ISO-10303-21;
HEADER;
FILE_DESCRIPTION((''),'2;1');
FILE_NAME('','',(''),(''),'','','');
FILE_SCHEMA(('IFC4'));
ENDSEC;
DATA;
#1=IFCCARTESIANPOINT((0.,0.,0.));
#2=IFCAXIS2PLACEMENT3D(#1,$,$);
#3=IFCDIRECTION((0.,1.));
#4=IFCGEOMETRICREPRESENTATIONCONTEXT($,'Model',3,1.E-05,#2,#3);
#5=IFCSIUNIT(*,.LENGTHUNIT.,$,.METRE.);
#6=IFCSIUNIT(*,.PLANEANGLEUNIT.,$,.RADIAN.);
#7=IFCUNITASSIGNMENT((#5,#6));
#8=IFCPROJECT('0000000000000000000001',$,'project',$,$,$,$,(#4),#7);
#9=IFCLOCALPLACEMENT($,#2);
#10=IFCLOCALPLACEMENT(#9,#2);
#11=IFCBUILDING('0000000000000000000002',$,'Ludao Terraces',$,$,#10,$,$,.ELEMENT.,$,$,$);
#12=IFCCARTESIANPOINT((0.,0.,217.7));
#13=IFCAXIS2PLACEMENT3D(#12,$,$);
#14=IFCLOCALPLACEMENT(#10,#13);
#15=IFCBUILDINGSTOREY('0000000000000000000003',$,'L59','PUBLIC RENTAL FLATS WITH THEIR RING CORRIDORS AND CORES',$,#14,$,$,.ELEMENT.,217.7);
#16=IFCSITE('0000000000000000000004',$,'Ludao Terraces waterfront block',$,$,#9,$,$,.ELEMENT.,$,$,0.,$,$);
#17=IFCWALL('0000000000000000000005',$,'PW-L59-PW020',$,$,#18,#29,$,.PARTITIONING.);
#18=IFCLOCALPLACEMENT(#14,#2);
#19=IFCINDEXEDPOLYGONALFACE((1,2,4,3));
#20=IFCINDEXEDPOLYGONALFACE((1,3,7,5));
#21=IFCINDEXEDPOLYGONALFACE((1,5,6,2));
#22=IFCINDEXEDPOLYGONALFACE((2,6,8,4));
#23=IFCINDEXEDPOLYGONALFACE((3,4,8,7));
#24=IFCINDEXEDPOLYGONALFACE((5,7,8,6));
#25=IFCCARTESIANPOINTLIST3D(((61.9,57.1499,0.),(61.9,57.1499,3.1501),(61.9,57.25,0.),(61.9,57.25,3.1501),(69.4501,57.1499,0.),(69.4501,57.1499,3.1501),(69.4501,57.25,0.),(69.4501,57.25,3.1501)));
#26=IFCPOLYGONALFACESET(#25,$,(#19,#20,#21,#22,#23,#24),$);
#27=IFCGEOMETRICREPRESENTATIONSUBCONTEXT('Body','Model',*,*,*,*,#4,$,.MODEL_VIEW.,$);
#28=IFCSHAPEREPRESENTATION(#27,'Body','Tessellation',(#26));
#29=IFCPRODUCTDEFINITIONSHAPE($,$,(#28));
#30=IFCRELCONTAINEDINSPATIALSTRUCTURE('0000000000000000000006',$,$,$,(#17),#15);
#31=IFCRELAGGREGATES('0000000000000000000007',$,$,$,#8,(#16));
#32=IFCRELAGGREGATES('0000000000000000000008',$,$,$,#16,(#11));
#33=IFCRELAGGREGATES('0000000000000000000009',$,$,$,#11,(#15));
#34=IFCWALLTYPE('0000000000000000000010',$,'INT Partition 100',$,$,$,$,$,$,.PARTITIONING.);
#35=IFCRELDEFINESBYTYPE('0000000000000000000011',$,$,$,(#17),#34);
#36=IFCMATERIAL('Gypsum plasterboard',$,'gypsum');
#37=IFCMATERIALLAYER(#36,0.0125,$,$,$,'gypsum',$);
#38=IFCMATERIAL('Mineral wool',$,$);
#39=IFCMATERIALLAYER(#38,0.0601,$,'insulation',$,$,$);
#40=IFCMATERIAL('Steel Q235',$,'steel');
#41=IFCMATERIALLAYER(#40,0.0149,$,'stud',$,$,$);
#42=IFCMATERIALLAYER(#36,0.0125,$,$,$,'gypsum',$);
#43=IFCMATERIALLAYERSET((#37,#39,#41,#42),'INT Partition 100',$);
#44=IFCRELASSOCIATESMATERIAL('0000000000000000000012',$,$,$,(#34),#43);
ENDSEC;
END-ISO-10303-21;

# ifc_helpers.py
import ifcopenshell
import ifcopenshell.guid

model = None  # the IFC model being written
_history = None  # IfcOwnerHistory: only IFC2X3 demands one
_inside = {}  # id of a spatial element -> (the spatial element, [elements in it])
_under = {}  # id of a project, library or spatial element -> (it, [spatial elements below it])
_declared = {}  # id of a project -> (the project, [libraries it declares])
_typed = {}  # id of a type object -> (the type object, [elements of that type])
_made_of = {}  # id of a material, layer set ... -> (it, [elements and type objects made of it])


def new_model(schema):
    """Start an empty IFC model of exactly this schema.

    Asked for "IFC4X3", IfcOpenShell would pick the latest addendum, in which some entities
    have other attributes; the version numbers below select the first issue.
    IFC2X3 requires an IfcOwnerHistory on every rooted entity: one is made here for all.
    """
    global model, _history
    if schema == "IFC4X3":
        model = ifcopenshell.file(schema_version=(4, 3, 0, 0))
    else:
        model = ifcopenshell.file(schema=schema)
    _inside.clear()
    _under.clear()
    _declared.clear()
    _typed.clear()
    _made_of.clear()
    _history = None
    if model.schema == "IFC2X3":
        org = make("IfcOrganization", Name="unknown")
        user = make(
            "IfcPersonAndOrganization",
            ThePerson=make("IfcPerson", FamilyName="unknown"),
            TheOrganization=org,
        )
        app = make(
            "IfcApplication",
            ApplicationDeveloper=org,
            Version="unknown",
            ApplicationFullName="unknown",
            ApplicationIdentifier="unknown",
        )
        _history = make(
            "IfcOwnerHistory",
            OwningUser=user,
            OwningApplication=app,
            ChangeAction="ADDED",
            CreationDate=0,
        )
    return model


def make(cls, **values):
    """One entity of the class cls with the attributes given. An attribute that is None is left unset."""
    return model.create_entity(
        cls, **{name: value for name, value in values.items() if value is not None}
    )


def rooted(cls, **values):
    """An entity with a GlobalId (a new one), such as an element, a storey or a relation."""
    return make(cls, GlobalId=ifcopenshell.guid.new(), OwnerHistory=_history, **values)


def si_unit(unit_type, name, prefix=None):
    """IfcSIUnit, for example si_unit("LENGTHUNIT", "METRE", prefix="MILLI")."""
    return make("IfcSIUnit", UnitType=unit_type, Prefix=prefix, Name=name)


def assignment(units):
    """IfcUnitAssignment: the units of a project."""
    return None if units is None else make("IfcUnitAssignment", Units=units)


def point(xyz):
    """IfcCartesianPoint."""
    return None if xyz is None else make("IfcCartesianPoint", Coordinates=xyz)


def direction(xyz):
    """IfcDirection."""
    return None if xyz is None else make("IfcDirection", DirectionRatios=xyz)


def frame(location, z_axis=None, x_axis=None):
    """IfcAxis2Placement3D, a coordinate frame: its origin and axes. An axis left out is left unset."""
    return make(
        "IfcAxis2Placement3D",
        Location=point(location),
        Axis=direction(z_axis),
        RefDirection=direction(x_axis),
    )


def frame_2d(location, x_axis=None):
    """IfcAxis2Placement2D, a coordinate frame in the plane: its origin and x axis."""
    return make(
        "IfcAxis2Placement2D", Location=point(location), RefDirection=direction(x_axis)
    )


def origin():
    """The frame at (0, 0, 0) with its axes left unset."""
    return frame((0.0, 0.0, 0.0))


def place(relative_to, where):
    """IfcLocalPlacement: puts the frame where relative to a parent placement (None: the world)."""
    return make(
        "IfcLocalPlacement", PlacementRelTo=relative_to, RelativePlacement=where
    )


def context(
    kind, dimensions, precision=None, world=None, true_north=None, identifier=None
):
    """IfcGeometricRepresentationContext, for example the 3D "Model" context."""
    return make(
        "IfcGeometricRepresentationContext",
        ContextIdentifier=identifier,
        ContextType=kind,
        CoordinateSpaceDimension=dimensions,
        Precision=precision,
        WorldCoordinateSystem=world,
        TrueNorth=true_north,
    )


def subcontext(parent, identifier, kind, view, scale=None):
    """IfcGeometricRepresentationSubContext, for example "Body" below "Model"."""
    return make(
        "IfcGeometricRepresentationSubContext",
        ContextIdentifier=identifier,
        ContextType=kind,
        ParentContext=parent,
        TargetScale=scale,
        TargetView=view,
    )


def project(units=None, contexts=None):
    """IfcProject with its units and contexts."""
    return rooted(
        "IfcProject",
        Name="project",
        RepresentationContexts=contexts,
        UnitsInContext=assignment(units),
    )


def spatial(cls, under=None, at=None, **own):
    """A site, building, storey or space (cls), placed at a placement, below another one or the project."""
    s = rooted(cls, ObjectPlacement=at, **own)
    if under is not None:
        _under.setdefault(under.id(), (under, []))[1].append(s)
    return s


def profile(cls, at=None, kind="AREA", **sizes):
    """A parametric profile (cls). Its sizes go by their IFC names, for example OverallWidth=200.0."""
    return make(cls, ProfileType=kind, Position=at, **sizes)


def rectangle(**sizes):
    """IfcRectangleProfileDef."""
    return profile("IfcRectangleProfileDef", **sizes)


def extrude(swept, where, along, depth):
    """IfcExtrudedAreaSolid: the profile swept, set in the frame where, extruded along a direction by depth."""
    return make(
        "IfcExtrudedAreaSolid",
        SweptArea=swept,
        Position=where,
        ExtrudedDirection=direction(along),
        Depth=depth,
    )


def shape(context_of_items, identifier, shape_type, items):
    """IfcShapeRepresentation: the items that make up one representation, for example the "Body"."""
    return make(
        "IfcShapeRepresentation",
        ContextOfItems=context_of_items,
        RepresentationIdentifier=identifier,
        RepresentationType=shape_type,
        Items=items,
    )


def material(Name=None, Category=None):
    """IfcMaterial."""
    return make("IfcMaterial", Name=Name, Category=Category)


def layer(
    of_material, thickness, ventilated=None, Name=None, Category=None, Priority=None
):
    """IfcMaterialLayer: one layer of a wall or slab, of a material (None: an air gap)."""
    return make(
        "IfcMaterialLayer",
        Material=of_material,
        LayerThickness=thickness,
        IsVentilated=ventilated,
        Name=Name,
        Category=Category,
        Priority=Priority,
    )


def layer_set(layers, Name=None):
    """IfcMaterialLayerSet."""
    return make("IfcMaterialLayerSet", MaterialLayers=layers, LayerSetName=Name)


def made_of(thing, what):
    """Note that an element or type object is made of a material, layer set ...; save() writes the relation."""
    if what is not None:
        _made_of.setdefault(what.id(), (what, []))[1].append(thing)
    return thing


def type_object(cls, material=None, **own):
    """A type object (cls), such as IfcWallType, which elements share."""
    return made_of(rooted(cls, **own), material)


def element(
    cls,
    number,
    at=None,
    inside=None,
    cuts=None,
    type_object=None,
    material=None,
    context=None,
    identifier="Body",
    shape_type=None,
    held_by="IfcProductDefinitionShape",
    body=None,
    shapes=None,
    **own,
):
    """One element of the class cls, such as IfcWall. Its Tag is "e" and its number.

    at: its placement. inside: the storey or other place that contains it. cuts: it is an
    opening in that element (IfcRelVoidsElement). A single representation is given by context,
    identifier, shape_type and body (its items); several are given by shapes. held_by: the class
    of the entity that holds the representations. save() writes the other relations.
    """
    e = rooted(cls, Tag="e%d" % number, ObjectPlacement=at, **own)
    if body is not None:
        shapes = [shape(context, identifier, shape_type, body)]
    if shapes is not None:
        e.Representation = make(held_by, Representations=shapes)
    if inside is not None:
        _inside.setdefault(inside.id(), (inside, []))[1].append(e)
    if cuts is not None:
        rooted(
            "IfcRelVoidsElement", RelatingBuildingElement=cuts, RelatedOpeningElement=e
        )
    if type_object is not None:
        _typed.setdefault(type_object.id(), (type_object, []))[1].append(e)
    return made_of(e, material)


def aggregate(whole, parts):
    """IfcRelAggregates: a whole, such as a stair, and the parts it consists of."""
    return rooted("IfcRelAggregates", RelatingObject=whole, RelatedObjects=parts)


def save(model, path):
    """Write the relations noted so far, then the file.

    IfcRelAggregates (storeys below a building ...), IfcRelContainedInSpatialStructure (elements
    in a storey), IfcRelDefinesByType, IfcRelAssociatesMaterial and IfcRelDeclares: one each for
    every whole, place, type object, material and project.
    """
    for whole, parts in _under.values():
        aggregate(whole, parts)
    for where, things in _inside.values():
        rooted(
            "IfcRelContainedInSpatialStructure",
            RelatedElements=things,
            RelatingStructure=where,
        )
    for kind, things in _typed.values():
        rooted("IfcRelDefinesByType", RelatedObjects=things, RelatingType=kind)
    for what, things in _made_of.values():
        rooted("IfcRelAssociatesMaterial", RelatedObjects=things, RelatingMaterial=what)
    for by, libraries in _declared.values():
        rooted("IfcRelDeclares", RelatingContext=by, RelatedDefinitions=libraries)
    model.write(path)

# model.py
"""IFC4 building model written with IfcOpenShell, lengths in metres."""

from ifc_helpers import new_model, si_unit, direction, frame, frame_2d, origin, place, context, subcontext, project, spatial, rectangle, extrude, material, layer, layer_set, type_object, element, save


model = new_model("IFC4")

# Units and contexts
model_context = context("Model", 3, precision=1e-05, world=origin(), true_north=direction((0.0, 1.0)))
body_context = subcontext(model_context, "Body", "Model", "MODEL_VIEW")
ifc_project = project(units=[si_unit("LENGTHUNIT", "METRE"), si_unit("PLANEANGLEUNIT", "RADIAN")], contexts=[model_context])

# Site, building, storey
site_placement = place(None, origin())
site = spatial("IfcSite", under=ifc_project, at=site_placement, Name="Ludao Terraces waterfront block", CompositionType="ELEMENT", RefElevation=0.0)
building_placement = place(site_placement, origin())
building = spatial("IfcBuilding", under=site, at=building_placement, Name="Ludao Terraces", CompositionType="ELEMENT")
storey_placement = place(building_placement, frame((0.0, 0.0, 217.7)))
storey = spatial("IfcBuildingStorey", under=building, at=storey_placement, Name="L59", Description="PUBLIC RENTAL FLATS WITH THEIR RING CORRIDORS AND CORES", CompositionType="ELEMENT", Elevation=217.7)

# Shared definitions
ifc_material_1 = material(Name="Mineral wool")

# Shared definitions
ifc_material_2 = material(Name="Gypsum plasterboard", Category="gypsum")
ifc_layer_1 = layer(ifc_material_2, 0.0125, Category="gypsum")
ifc_layer_2 = layer(ifc_material_1, 0.0601, Name="insulation")
ifc_material_3 = material(Name="Steel Q235", Category="steel")
ifc_layer_3 = layer(ifc_material_3, 0.0149, Name="stud")
ifc_layer_4 = layer(ifc_material_2, 0.0125, Category="gypsum")
ifc_layer_set_1 = layer_set([ifc_layer_1, ifc_layer_2, ifc_layer_3, ifc_layer_4], Name="INT Partition 100")
wall_type_1 = type_object("IfcWallType", Name="INT Partition 100", PredefinedType="PARTITIONING", material=ifc_layer_set_1)

# Wall
for number, where, z_axis, x_axis, name in (
    (1, (61.9001, 57.2, 0.0), (0.0, 0.0, 1.0), (1.0, 0.0, 0.0), "PW-L59-PW020"),
):
    element("IfcWall", number, at=place(storey_placement, frame(where, z_axis=z_axis, x_axis=x_axis)), inside=storey, type_object=wall_type_1, Name=name, PredefinedType="PARTITIONING", context=body_context, shape_type="SweptSolid", body=[
        extrude(rectangle(XDim=7.55, YDim=0.1001, at=frame_2d((3.7749, 0.0))), origin(), (0.0, 0.0, 1.0), 3.1501),
    ])

save(model, "model.ifc")
